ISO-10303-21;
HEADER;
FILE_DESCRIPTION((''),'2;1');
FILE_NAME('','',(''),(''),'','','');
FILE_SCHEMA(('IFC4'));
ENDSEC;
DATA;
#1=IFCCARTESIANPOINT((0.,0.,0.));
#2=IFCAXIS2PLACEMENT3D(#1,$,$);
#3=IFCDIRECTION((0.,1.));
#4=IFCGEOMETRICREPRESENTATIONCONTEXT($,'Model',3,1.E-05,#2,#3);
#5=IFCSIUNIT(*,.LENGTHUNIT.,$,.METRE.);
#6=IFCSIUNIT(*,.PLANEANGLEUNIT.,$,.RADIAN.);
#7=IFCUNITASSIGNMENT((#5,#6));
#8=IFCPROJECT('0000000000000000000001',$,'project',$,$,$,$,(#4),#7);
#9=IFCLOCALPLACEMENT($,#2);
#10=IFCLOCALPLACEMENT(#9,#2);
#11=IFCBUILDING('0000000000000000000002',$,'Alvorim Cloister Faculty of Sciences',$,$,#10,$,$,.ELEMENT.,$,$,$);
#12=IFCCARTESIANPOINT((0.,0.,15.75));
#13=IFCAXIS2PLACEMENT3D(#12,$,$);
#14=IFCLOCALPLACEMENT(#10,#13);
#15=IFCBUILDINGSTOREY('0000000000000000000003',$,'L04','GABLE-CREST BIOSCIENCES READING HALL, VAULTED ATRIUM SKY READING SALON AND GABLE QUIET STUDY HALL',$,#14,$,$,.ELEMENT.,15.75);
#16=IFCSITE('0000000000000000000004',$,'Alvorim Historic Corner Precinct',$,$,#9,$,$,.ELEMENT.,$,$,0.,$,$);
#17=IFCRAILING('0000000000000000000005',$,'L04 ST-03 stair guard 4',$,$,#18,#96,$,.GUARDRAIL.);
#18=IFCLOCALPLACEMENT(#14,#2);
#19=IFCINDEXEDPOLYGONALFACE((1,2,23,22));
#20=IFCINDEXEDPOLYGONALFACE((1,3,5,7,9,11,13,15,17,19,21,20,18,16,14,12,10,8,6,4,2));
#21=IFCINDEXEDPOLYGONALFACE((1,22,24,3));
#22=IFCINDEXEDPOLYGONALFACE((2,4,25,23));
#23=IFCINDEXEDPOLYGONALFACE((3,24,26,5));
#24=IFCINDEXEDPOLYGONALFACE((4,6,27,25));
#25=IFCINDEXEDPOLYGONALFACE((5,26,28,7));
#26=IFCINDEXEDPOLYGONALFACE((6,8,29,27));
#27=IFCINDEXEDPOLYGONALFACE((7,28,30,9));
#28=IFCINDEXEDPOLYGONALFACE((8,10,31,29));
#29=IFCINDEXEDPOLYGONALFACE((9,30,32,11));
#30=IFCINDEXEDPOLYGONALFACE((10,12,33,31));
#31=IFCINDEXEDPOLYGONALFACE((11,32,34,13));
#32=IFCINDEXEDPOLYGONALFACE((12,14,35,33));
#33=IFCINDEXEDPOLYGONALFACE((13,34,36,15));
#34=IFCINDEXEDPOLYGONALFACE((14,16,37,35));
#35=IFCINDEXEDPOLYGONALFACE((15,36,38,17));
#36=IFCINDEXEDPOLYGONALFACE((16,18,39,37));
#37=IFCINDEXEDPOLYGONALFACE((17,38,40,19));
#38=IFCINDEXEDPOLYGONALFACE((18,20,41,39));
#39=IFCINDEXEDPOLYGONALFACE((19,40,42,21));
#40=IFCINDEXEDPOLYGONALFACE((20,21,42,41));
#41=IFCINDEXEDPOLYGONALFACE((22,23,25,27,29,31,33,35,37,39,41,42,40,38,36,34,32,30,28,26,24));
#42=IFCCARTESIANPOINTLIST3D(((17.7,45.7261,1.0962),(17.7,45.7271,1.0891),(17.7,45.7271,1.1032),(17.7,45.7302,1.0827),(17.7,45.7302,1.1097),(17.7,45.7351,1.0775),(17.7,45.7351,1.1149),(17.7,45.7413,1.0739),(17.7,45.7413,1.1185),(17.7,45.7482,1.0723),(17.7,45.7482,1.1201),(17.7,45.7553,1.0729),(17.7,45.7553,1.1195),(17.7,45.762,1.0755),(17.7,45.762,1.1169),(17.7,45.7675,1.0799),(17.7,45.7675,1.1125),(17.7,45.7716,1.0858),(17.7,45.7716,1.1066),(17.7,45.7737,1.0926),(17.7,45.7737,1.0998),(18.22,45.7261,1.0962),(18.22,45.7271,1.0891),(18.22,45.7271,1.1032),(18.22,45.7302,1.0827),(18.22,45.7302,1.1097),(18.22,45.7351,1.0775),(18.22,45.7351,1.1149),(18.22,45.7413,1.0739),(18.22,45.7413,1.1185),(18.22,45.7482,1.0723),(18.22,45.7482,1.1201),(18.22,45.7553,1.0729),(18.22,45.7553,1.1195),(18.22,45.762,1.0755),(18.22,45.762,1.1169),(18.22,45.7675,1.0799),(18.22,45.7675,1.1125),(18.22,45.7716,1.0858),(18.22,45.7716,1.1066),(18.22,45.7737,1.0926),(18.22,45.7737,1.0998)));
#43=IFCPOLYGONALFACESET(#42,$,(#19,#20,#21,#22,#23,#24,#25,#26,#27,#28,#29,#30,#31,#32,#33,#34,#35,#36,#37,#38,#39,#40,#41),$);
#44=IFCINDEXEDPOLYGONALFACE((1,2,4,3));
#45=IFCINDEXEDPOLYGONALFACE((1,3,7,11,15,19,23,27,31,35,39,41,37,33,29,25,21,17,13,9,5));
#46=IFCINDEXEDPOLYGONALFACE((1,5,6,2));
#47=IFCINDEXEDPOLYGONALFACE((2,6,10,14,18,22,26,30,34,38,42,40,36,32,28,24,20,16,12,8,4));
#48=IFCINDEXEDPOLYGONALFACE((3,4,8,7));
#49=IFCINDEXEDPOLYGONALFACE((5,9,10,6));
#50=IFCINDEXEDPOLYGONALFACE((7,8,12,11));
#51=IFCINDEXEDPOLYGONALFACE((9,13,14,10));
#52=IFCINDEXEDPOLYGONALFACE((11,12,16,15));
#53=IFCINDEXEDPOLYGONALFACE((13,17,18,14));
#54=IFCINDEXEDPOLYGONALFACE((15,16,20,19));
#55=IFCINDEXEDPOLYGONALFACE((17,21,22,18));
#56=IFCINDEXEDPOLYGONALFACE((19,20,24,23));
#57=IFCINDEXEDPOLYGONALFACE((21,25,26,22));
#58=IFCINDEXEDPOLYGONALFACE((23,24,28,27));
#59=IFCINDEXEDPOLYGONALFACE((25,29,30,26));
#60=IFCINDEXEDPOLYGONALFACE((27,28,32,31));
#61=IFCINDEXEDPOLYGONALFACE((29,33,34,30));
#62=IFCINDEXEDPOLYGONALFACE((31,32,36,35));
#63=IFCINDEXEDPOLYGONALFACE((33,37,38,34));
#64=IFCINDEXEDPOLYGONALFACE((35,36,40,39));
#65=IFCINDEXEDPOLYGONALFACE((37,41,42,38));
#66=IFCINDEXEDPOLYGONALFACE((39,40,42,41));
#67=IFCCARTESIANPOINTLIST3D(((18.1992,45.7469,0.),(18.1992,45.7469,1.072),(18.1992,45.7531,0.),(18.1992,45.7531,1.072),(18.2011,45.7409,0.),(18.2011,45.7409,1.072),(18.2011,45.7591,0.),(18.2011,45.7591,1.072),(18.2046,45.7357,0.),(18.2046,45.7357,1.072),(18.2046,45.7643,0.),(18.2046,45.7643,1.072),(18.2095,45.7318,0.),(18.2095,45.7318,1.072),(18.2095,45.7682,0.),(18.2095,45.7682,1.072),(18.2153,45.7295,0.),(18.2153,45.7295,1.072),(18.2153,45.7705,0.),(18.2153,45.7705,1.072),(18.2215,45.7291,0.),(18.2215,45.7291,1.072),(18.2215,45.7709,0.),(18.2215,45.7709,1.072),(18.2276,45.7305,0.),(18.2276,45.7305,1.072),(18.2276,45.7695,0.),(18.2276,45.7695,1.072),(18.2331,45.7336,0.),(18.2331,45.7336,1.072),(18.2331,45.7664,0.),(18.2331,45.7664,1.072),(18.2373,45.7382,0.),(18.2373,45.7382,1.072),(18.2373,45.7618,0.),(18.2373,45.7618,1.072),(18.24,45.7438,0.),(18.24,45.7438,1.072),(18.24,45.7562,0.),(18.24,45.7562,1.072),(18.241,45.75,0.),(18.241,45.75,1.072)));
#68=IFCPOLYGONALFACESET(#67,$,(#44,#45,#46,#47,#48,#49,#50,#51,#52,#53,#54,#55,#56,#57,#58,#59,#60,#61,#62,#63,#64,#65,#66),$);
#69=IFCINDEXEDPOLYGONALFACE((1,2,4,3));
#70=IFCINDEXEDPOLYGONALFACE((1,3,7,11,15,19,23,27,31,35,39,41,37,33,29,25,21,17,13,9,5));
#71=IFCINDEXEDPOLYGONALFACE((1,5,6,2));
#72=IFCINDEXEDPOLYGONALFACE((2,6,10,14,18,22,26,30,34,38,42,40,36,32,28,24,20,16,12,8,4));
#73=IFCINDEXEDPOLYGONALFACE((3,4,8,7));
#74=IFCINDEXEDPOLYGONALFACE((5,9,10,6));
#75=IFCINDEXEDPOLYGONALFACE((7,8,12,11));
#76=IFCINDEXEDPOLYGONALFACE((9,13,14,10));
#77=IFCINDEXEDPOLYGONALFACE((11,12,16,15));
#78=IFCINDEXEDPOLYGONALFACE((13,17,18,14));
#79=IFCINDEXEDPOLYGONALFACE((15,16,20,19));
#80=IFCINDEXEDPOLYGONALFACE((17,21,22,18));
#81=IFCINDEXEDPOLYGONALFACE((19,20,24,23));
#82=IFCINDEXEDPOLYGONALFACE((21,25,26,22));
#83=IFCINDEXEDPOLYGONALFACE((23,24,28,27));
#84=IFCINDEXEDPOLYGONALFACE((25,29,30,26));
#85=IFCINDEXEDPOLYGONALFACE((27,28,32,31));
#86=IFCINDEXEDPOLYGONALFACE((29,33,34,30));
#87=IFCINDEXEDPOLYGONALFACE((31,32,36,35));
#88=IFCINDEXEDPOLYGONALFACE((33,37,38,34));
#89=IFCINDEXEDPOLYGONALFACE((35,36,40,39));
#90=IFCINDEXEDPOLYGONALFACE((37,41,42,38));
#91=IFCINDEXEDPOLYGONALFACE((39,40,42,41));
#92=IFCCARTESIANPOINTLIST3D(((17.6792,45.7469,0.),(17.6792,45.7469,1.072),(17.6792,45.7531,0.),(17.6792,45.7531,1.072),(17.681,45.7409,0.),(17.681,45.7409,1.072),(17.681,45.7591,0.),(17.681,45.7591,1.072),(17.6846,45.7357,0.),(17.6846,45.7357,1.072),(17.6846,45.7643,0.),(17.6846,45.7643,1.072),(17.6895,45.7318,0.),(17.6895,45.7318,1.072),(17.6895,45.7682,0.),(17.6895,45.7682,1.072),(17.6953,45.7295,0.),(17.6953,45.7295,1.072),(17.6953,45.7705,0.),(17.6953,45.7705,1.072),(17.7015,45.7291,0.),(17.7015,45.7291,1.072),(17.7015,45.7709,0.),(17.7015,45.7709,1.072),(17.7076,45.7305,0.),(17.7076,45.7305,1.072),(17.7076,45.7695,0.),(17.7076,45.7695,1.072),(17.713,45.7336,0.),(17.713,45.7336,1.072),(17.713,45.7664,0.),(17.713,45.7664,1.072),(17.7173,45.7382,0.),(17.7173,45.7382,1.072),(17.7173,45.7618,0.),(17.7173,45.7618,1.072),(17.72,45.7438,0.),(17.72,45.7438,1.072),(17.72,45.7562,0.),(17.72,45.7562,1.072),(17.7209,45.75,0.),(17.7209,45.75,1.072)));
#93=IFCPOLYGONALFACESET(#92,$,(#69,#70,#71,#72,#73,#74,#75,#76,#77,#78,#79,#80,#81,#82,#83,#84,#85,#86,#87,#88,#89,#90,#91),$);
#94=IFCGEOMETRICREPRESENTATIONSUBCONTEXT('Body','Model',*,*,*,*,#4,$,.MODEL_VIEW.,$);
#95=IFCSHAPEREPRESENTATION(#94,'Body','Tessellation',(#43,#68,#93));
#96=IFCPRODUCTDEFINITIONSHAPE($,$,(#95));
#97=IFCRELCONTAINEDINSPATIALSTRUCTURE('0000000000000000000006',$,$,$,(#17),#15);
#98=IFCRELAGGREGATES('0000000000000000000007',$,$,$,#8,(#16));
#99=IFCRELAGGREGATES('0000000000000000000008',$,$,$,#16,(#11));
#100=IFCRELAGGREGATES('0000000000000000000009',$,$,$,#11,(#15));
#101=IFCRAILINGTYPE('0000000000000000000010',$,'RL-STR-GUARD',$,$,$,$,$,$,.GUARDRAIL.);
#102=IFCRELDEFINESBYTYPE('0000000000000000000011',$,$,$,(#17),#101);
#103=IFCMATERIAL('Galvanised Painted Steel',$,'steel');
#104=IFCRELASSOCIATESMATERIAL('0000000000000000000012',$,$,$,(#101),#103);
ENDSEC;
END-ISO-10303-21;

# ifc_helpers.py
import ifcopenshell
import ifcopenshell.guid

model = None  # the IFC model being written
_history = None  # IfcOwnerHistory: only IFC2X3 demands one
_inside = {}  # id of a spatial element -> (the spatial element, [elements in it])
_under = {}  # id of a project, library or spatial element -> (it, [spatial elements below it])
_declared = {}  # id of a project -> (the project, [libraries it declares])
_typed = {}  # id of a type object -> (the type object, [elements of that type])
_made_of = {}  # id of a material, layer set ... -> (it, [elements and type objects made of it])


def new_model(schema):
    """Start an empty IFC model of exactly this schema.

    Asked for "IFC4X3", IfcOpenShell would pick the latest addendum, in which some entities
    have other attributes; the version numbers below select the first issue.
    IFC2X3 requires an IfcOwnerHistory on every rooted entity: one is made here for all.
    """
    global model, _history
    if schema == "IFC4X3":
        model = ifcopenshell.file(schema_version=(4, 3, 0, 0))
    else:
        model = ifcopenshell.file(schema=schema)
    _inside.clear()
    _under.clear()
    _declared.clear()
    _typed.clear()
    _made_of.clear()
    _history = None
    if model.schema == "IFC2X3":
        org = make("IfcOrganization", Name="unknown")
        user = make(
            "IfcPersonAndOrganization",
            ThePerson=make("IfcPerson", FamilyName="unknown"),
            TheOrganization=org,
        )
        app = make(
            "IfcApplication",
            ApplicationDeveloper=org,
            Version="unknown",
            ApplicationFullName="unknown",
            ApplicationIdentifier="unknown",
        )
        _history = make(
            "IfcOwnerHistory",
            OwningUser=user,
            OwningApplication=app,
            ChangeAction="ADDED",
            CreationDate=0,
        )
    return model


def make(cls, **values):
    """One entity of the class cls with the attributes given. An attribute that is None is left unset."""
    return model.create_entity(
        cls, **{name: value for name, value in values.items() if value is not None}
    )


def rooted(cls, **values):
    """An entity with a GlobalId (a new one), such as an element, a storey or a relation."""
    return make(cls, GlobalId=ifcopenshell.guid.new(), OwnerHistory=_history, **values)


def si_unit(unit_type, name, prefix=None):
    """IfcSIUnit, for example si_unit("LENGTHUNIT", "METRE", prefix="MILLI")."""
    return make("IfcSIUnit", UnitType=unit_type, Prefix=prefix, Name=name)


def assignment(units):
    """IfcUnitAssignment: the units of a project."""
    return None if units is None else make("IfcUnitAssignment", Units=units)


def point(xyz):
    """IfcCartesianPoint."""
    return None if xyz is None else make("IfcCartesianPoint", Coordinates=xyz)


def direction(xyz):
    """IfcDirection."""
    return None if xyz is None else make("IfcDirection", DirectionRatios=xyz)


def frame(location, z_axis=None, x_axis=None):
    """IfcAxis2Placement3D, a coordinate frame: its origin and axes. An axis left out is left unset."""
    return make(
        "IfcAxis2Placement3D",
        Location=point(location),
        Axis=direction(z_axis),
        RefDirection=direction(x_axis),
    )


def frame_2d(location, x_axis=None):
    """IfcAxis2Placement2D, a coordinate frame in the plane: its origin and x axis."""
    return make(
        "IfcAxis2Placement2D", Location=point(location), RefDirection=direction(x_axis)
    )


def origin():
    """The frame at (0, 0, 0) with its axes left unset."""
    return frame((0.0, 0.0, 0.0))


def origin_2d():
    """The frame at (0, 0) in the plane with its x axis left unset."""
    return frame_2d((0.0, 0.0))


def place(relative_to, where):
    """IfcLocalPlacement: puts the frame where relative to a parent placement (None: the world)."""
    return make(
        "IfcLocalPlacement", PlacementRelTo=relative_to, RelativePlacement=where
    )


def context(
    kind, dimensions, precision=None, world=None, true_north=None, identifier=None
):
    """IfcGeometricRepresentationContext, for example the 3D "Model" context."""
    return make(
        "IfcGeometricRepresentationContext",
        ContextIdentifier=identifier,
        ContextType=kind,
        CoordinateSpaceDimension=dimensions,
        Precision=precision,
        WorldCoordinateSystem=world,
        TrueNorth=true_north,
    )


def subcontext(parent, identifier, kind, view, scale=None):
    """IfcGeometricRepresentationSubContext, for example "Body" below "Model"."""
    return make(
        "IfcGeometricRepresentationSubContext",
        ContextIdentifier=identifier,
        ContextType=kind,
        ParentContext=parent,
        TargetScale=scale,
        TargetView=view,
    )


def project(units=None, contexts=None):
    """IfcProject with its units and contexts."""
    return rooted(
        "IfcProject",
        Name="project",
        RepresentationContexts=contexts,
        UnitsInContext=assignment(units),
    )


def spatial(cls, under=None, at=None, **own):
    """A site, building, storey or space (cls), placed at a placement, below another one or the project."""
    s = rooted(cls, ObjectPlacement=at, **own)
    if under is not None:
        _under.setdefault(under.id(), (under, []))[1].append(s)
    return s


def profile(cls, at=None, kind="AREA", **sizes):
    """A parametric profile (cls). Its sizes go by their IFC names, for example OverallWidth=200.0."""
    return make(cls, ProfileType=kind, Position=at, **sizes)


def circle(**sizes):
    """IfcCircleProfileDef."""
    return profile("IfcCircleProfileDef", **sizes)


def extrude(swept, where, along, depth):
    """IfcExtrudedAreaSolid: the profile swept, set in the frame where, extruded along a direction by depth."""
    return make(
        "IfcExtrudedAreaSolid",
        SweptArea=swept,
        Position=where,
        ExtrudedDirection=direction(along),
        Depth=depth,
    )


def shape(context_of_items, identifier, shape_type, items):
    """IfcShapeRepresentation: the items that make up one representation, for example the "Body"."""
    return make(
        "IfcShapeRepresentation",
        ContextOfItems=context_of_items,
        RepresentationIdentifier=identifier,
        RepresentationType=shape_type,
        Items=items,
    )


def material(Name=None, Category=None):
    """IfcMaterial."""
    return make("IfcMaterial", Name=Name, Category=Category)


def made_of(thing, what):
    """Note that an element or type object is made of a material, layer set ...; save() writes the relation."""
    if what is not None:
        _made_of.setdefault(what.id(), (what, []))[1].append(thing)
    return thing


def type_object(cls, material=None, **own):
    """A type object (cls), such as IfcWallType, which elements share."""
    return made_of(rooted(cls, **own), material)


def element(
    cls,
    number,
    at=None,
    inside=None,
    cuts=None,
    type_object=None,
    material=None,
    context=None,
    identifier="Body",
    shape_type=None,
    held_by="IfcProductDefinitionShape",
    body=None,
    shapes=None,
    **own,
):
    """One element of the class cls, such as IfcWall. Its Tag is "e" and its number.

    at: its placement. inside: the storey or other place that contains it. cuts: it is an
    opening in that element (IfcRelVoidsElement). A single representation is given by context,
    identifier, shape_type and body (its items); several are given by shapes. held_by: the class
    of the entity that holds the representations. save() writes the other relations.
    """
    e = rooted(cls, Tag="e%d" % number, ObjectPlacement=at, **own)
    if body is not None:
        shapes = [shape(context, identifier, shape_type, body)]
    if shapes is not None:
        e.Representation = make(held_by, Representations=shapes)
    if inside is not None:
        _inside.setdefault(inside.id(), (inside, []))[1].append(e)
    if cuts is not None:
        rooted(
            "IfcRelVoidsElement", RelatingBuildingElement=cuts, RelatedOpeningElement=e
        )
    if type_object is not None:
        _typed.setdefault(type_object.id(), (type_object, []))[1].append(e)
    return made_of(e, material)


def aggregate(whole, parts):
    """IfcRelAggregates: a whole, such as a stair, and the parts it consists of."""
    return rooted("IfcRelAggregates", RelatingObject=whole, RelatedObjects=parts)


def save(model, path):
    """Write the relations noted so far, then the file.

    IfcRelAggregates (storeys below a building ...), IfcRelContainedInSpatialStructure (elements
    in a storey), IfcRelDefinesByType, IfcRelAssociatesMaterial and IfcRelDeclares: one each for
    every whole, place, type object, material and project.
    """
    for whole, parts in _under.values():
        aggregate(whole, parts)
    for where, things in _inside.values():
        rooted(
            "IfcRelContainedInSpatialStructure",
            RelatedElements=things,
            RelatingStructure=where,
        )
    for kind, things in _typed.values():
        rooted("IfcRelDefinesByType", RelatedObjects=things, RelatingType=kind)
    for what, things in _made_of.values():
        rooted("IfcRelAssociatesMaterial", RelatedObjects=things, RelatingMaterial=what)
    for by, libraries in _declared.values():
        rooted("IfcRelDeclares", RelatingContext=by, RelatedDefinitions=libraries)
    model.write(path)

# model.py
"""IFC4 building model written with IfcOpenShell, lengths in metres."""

from ifc_helpers import new_model, si_unit, direction, frame, origin, origin_2d, place, context, subcontext, project, spatial, circle, extrude, material, type_object, element, save


model = new_model("IFC4")

# Units and contexts
model_context = context("Model", 3, precision=1e-05, world=origin(), true_north=direction((0.0, 1.0)))
body_context = subcontext(model_context, "Body", "Model", "MODEL_VIEW")
ifc_project = project(units=[si_unit("LENGTHUNIT", "METRE"), si_unit("PLANEANGLEUNIT", "RADIAN")], contexts=[model_context])

# Site, building, storey
site_placement = place(None, origin())
site = spatial("IfcSite", under=ifc_project, at=site_placement, Name="Alvorim Historic Corner Precinct", CompositionType="ELEMENT", RefElevation=0.0)
building_placement = place(site_placement, origin())
building = spatial("IfcBuilding", under=site, at=building_placement, Name="Alvorim Cloister Faculty of Sciences", CompositionType="ELEMENT")
storey_placement = place(building_placement, frame((0.0, 0.0, 15.75)))
storey = spatial("IfcBuildingStorey", under=building, at=storey_placement, Name="L04", Description="GABLE-CREST BIOSCIENCES READING HALL, VAULTED ATRIUM SKY READING SALON AND GABLE QUIET STUDY HALL", CompositionType="ELEMENT", Elevation=15.75)

# Railing
ifc_material_1 = material(Name="Galvanised Painted Steel", Category="steel")
railing_type_1 = type_object("IfcRailingType", Name="RL-STR-GUARD", PredefinedType="GUARDRAIL", material=ifc_material_1)
railing_1_placement = place(storey_placement, frame((18.22, 45.75, 0.0)))
element("IfcRailing", 1, at=railing_1_placement, inside=storey, type_object=railing_type_1, Name="L04 ST-03 stair guard 4", PredefinedType="GUARDRAIL", context=body_context, shape_type="SweptSolid", body=[
    extrude(circle(Radius=0.0239, at=origin_2d()), frame((0.0, 0.0, 1.0962), z_axis=(-1.0, 0.0, 0.0), x_axis=(0.0, -1.0, 0.0)), (0.0, 0.0, 1.0), 0.52),
    extrude(circle(Radius=0.021, at=origin_2d()), origin(), (0.0, 0.0, 1.0), 1.072),
    extrude(circle(Radius=0.021, at=origin_2d()), frame((-0.52, 0.0, 0.0)), (0.0, 0.0, 1.0), 1.072),
])

save(model, "model.ifc")
